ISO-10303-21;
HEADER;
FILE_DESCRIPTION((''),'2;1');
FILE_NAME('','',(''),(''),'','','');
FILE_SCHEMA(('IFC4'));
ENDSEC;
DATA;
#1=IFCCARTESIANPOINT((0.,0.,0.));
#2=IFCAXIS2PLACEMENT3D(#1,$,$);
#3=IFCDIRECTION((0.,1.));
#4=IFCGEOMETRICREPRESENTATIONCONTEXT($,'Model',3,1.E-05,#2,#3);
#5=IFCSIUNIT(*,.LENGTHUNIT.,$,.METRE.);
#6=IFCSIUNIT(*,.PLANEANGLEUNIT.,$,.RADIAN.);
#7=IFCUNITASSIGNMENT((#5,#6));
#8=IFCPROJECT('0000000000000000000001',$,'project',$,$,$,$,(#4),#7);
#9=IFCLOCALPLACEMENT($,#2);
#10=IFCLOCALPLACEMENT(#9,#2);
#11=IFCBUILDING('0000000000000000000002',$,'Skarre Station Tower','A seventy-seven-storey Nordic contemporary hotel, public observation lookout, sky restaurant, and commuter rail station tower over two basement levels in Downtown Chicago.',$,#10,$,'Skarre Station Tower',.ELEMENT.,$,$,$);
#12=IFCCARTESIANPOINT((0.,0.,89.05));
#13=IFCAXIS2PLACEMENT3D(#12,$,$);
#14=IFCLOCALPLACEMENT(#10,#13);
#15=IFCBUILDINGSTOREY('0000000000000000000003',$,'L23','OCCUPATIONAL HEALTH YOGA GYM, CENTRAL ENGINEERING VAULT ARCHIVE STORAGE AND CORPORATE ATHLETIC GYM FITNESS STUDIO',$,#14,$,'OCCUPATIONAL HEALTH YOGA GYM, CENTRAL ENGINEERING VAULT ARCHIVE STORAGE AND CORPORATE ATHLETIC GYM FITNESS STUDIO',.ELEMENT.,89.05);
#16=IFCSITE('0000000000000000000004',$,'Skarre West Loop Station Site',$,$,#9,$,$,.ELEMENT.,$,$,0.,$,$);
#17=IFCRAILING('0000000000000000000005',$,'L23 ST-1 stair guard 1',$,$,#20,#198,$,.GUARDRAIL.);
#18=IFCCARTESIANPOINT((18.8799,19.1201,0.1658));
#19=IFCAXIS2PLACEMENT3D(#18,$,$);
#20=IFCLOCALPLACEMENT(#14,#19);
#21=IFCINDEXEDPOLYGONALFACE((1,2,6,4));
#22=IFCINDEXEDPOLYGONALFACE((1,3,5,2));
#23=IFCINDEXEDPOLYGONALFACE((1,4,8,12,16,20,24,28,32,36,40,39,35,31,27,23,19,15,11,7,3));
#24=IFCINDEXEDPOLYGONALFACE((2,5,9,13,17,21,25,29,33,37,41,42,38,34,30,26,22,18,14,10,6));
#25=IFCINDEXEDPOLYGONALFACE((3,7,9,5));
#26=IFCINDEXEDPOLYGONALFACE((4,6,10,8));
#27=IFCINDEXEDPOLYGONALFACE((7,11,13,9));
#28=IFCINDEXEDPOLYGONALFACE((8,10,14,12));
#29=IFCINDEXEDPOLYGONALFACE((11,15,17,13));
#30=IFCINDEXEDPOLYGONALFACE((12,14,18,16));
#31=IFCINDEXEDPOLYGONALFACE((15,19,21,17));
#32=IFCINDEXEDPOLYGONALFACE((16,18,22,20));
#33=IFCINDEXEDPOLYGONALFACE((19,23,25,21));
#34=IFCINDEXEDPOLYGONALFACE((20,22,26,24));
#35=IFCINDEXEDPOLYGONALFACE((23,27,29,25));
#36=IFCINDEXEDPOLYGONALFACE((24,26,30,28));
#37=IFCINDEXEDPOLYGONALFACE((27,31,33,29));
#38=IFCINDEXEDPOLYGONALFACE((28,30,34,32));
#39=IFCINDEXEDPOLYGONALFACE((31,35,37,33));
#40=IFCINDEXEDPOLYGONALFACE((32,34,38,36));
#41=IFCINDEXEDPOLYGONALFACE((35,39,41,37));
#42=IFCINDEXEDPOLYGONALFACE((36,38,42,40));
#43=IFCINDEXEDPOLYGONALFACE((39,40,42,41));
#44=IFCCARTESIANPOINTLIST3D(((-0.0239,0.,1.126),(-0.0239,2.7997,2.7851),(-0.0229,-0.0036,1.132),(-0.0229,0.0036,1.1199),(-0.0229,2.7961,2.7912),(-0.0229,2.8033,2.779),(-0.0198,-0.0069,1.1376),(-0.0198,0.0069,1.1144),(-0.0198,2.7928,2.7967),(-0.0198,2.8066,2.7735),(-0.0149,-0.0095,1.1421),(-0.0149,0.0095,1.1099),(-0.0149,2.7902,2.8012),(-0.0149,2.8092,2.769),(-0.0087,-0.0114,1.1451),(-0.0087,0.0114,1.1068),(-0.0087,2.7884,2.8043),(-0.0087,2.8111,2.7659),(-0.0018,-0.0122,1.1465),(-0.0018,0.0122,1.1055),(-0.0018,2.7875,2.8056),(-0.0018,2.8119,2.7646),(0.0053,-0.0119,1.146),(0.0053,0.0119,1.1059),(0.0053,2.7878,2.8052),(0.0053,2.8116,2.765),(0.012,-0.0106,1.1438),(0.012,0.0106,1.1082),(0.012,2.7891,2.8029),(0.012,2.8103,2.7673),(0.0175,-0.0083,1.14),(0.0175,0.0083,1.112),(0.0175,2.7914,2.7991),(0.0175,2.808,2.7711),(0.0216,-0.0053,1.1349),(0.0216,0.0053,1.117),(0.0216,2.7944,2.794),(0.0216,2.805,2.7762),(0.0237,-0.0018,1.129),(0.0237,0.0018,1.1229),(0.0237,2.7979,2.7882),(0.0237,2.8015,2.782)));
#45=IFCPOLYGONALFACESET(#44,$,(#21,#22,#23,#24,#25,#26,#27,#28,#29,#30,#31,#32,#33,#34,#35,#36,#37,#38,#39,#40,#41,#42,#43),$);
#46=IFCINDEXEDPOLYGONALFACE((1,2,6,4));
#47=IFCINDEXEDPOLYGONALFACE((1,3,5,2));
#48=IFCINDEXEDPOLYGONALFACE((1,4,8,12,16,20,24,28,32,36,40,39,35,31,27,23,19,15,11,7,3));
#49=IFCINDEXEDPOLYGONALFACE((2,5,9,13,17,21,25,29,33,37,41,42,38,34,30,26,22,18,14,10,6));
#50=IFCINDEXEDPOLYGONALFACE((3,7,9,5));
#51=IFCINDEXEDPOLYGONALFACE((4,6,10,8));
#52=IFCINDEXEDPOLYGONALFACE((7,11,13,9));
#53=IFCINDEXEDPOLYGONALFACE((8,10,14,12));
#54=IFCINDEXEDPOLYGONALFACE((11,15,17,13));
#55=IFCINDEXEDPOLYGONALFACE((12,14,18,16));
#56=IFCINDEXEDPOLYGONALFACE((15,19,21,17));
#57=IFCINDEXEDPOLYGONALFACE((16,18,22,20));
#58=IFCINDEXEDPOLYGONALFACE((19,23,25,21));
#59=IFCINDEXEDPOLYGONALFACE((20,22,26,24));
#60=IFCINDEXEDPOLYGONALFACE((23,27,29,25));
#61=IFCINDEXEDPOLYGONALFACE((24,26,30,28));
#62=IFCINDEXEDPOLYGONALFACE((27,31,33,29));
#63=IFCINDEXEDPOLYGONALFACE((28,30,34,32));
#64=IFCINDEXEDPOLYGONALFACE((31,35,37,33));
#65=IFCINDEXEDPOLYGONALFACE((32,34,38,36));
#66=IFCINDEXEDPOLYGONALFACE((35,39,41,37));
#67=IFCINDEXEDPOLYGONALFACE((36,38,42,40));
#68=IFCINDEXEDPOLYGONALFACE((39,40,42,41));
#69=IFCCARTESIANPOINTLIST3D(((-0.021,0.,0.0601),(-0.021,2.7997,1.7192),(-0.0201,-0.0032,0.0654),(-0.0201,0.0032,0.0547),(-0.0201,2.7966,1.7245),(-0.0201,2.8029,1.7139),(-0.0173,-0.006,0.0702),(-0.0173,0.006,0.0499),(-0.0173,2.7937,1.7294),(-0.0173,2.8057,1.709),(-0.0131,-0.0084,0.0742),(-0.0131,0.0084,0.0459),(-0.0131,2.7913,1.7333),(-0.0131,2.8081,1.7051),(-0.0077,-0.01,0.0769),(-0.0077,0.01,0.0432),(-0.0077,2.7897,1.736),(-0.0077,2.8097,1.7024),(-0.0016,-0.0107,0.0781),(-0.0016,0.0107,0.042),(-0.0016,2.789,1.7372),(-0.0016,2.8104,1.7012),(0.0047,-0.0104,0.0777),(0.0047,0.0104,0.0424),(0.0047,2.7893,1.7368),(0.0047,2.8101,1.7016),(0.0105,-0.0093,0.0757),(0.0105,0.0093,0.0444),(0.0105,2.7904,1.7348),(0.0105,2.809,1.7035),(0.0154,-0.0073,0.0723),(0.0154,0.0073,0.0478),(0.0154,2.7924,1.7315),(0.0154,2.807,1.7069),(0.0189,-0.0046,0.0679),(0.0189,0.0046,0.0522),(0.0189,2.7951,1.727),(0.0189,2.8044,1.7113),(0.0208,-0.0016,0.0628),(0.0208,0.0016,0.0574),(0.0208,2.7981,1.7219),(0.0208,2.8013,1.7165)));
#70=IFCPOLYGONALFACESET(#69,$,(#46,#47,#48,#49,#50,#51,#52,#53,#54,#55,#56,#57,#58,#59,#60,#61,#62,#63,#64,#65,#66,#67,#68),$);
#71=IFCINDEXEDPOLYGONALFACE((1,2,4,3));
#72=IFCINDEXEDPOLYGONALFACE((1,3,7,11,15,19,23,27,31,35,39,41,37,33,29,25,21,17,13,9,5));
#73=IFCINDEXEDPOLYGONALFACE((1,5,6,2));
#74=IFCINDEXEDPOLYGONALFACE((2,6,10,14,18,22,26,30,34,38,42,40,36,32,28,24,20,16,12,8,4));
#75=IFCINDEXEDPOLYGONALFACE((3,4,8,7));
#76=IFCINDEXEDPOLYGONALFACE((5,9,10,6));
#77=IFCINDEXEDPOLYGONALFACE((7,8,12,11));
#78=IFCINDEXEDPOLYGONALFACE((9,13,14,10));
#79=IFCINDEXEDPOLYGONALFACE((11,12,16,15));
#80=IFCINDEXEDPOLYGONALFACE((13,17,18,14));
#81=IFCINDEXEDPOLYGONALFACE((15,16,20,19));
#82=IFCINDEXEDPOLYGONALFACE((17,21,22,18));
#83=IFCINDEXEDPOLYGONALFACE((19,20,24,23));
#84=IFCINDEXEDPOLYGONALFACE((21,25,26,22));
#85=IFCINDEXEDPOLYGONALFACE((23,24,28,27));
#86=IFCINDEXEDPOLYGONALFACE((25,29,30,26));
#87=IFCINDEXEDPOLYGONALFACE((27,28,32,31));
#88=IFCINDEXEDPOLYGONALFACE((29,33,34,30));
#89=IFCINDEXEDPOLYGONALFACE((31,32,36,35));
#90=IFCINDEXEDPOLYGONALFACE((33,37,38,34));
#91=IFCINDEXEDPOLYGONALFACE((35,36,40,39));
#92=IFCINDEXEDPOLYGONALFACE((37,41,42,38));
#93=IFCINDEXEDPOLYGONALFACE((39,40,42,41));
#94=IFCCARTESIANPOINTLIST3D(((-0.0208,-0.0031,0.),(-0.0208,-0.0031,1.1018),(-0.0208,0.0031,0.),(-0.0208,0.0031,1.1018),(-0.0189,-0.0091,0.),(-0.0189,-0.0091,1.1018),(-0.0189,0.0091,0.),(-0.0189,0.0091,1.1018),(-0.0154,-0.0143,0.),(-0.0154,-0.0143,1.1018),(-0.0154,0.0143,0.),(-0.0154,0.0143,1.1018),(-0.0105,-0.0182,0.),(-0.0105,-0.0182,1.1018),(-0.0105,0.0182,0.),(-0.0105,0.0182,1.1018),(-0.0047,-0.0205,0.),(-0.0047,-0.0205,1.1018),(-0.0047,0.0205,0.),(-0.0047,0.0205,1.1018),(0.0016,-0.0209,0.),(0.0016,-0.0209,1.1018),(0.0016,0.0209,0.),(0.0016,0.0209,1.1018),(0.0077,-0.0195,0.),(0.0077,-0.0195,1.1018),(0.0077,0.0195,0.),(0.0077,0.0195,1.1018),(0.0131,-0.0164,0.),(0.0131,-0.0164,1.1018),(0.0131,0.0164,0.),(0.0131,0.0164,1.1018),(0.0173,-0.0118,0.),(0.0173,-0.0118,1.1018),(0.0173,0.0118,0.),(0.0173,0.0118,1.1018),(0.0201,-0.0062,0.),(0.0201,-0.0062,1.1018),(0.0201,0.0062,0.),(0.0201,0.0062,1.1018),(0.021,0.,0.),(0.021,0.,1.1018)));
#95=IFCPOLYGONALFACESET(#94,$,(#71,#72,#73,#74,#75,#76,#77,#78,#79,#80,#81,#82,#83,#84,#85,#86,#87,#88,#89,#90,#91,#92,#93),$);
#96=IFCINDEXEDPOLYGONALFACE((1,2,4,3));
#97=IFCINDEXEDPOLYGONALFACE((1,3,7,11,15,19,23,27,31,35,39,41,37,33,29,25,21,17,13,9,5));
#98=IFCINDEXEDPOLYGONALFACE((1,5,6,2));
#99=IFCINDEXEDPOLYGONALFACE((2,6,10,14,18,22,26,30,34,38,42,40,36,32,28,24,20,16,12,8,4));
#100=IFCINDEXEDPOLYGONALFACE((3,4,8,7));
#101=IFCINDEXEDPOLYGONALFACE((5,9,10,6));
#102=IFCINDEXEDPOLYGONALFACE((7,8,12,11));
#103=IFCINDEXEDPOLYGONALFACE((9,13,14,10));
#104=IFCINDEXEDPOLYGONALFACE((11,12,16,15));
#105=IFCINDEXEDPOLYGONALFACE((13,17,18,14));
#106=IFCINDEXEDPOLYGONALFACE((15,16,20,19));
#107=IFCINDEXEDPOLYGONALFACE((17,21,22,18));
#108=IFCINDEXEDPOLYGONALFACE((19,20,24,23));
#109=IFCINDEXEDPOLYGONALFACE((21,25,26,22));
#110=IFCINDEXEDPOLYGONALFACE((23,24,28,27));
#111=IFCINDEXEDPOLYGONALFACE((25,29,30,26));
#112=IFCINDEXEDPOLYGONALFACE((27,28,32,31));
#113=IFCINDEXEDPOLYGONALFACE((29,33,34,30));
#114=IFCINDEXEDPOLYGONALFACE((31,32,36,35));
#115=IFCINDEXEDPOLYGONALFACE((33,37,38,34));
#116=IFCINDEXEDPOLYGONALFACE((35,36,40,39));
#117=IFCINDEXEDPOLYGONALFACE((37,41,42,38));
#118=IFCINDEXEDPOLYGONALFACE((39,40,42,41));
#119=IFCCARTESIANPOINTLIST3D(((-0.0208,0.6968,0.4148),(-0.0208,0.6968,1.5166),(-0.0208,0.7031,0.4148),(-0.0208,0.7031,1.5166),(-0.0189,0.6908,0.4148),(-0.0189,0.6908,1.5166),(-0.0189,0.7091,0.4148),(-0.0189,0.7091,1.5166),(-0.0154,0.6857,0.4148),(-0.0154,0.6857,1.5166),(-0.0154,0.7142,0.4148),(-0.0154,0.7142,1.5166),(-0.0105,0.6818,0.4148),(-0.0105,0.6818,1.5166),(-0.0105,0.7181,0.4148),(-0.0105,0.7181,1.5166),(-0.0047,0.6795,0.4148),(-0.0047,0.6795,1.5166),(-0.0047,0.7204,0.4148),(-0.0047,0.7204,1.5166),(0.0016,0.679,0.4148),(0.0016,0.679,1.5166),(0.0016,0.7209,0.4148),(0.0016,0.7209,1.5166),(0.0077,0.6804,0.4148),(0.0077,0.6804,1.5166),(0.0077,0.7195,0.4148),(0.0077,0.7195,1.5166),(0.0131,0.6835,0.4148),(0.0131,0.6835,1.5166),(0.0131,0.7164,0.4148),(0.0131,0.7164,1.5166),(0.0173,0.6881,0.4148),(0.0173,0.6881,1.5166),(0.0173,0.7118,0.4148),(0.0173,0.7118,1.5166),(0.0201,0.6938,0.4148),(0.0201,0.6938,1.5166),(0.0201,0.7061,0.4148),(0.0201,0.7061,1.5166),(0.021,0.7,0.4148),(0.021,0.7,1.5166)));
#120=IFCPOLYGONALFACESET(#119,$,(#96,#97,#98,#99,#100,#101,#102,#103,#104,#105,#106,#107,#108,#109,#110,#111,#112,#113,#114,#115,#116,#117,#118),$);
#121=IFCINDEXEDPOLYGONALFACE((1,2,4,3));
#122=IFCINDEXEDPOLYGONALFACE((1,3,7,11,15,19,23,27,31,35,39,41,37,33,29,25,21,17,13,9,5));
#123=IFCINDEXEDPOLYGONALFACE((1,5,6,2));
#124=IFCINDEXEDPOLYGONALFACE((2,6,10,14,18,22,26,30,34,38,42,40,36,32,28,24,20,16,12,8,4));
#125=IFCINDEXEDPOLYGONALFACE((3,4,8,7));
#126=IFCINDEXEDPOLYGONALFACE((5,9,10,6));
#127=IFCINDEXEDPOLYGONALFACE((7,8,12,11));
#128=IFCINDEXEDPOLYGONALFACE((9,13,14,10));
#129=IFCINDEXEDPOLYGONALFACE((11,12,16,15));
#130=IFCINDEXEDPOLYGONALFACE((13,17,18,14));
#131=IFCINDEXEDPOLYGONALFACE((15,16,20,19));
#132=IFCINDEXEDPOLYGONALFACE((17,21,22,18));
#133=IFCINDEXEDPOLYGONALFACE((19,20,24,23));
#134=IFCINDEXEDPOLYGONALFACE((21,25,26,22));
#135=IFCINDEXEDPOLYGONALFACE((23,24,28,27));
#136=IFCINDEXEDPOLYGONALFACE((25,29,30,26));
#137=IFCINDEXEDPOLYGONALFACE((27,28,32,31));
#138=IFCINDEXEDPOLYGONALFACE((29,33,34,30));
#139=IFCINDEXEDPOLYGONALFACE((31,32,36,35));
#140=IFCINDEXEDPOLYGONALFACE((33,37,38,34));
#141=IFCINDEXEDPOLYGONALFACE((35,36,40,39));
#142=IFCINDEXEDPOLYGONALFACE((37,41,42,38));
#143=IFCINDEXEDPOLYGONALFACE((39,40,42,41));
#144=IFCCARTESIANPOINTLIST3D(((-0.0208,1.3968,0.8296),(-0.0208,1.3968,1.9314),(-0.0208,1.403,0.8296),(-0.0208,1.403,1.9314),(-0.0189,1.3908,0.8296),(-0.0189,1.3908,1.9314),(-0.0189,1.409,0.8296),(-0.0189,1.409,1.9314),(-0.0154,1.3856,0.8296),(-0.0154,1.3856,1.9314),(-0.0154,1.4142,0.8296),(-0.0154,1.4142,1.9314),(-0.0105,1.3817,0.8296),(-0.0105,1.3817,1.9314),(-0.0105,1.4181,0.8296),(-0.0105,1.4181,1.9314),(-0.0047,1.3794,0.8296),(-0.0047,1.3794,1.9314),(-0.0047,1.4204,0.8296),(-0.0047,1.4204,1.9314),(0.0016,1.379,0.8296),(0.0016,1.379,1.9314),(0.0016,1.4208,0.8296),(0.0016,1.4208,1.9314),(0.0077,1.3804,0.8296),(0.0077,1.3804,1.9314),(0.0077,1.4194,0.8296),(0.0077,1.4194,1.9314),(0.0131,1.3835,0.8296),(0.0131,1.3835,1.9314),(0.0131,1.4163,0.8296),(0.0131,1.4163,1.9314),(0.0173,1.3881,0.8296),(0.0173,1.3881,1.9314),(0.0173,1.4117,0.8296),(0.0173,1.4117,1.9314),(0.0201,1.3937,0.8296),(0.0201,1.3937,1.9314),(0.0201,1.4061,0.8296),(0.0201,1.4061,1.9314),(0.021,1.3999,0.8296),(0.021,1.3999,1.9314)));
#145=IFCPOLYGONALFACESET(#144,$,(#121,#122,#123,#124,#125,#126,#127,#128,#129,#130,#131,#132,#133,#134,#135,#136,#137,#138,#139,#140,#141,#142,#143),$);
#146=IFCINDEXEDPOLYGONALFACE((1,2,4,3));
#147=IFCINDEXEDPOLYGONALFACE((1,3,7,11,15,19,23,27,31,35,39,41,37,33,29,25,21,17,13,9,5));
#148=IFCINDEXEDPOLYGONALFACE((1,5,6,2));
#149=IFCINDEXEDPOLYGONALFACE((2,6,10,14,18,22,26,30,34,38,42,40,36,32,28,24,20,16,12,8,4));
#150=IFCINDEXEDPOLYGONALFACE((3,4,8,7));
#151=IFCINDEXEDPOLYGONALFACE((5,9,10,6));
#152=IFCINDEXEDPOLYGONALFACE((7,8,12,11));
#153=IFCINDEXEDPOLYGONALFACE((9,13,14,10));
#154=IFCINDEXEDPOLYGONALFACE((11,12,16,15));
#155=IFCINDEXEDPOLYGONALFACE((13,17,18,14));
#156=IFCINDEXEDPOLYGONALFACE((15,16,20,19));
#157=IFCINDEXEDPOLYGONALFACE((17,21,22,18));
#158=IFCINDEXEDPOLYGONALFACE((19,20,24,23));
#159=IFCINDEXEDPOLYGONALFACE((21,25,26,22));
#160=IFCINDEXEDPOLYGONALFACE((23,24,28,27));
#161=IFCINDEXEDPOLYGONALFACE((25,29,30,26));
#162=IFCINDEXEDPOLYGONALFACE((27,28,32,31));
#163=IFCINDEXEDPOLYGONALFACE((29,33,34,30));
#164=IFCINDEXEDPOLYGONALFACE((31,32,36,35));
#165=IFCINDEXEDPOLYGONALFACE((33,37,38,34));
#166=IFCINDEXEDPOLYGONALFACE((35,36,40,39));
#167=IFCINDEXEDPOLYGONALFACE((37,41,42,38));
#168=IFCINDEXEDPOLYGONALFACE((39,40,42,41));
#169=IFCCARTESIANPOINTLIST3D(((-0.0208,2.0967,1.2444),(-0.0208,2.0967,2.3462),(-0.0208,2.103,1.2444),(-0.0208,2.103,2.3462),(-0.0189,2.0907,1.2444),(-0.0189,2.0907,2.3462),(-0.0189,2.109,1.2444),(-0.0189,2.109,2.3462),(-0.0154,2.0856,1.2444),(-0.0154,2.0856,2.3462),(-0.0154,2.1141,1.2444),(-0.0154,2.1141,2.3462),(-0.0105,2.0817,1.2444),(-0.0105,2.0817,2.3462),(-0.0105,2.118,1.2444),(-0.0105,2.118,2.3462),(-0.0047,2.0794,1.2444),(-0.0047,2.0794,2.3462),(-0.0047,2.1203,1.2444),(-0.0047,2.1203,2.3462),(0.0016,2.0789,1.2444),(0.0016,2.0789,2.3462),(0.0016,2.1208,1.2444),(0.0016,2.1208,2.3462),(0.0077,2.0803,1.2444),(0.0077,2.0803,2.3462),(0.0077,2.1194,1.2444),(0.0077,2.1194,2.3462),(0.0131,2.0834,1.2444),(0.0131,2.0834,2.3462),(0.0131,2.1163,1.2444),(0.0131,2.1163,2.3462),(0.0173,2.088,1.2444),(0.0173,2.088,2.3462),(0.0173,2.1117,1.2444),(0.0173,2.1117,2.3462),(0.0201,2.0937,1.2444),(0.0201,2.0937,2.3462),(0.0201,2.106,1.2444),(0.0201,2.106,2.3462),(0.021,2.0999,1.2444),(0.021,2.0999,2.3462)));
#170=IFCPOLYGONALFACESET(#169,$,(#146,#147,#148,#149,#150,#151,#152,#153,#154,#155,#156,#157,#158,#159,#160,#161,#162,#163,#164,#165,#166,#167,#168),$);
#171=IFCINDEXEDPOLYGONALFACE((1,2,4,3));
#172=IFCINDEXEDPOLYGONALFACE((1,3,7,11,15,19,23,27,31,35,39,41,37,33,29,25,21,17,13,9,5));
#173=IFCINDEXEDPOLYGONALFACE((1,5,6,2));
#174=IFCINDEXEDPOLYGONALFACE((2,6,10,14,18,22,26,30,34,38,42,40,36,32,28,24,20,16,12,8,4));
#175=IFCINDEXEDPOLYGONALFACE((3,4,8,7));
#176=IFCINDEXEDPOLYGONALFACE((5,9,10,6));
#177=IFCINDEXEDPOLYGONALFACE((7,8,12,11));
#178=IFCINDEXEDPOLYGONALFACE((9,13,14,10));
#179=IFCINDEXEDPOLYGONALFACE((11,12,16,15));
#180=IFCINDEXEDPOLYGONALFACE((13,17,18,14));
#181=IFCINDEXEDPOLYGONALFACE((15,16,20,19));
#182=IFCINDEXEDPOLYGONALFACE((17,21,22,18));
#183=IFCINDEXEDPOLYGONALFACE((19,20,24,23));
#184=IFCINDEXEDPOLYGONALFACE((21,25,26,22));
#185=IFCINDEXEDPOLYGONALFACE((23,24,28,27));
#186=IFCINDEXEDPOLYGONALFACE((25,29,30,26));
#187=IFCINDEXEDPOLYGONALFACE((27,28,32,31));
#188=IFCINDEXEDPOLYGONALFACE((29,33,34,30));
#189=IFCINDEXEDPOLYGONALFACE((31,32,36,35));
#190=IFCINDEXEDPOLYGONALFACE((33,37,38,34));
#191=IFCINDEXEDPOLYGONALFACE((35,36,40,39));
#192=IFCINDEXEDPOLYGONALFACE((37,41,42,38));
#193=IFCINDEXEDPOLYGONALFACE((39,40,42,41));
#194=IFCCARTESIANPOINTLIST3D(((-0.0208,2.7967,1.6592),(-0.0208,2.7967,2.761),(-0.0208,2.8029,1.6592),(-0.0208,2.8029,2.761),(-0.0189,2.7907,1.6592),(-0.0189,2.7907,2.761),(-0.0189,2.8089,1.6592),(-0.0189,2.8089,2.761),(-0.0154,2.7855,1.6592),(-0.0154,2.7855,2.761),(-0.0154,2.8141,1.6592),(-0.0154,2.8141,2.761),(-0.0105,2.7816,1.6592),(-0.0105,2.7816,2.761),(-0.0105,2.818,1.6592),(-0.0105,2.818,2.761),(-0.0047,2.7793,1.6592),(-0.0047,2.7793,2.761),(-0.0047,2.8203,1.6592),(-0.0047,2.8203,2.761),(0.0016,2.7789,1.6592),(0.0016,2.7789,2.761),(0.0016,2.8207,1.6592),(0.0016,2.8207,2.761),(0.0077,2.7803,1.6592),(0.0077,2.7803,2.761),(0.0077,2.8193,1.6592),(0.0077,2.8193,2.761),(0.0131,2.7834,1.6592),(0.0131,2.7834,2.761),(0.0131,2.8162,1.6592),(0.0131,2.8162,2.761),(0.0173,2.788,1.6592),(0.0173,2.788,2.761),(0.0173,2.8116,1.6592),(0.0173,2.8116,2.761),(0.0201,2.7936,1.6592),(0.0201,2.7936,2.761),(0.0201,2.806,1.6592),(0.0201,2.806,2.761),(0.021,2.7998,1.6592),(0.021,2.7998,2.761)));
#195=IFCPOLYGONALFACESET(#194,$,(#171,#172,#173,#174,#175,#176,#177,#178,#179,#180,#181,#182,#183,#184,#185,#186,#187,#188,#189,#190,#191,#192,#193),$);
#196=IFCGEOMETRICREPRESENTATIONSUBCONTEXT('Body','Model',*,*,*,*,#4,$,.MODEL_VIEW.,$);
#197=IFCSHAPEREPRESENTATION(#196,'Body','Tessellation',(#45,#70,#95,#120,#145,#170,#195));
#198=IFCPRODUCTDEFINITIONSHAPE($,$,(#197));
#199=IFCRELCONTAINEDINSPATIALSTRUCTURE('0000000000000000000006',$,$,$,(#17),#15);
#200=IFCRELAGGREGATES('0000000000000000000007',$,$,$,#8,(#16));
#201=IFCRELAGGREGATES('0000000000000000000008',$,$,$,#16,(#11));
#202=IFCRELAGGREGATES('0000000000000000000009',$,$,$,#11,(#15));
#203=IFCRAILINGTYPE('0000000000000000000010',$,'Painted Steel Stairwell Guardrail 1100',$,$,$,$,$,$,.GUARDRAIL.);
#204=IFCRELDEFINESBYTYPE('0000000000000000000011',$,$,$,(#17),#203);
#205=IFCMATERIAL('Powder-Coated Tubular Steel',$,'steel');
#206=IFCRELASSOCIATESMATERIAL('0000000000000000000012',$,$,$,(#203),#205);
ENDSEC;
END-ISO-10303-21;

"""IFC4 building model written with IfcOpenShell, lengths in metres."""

from ifc_helpers import new_model, si_unit, direction, frame, origin, origin_2d, place, context, subcontext, project, spatial, circle, extrude, material, type_object, element, save


model = new_model("IFC4")

# Units and contexts
model_context = context("Model", 3, precision=1e-05, world=origin(), true_north=direction((0.0, 1.0)))
body_context = subcontext(model_context, "Body", "Model", "MODEL_VIEW")
ifc_project = project(units=[si_unit("LENGTHUNIT", "METRE"), si_unit("PLANEANGLEUNIT", "RADIAN")], contexts=[model_context])

# Site, building, storey
site_placement = place(None, origin())
site = spatial("IfcSite", under=ifc_project, at=site_placement, Name="Skarre West Loop Station Site", CompositionType="ELEMENT", RefElevation=0.0)
building_placement = place(site_placement, origin())
building = spatial("IfcBuilding", under=site, at=building_placement, Name="Skarre Station Tower", Description="A seventy-seven-storey Nordic contemporary hotel, public observation lookout, sky restaurant, and commuter rail station tower over two basement levels in Downtown Chicago.", LongName="Skarre Station Tower", CompositionType="ELEMENT")
storey_placement = place(building_placement, frame((0.0, 0.0, 89.05)))
storey = spatial("IfcBuildingStorey", under=building, at=storey_placement, Name="L23", Description="OCCUPATIONAL HEALTH YOGA GYM, CENTRAL ENGINEERING VAULT ARCHIVE STORAGE AND CORPORATE ATHLETIC GYM FITNESS STUDIO", LongName="OCCUPATIONAL HEALTH YOGA GYM, CENTRAL ENGINEERING VAULT ARCHIVE STORAGE AND CORPORATE ATHLETIC GYM FITNESS STUDIO", CompositionType="ELEMENT", Elevation=89.05)

# Railing
ifc_material_1 = material(Name="Powder-Coated Tubular Steel", Category="steel")
railing_type_1 = type_object("IfcRailingType", Name="Painted Steel Stairwell Guardrail 1100", PredefinedType="GUARDRAIL", material=ifc_material_1)
railing_1_placement = place(storey_placement, frame((18.8799, 19.1201, 0.1658)))
element("IfcRailing", 1, at=railing_1_placement, inside=storey, type_object=railing_type_1, Name="L23 ST-1 stair guard 1", PredefinedType="GUARDRAIL", context=body_context, shape_type="SweptSolid", body=[
    extrude(circle(Radius=0.0239, at=origin_2d()), frame((0.0, 0.0, 1.126), z_axis=(0.0, 0.860287, 0.509811), x_axis=(-1.0, 0.0, 0.0)), (0.0, 0.0, 1.0), 3.2544),
    extrude(circle(Radius=0.021, at=origin_2d()), frame((0.0, 0.0, 0.0601), z_axis=(0.0, 0.860287, 0.509811), x_axis=(-1.0, 0.0, 0.0)), (0.0, 0.0, 1.0), 3.2544),
    extrude(circle(Radius=0.021, at=origin_2d()), origin(), (0.0, 0.0, 1.0), 1.1018),
    extrude(circle(Radius=0.021, at=origin_2d()), frame((0.0, 0.7, 0.4148)), (0.0, 0.0, 1.0), 1.1018),
    extrude(circle(Radius=0.021, at=origin_2d()), frame((0.0, 1.3999, 0.8296)), (0.0, 0.0, 1.0), 1.1018),
    extrude(circle(Radius=0.021, at=origin_2d()), frame((0.0, 2.0999, 1.2444)), (0.0, 0.0, 1.0), 1.1018),
    extrude(circle(Radius=0.021, at=origin_2d()), frame((0.0, 2.7998, 1.6592)), (0.0, 0.0, 1.0), 1.1018),
])

save(model, "model.ifc")
